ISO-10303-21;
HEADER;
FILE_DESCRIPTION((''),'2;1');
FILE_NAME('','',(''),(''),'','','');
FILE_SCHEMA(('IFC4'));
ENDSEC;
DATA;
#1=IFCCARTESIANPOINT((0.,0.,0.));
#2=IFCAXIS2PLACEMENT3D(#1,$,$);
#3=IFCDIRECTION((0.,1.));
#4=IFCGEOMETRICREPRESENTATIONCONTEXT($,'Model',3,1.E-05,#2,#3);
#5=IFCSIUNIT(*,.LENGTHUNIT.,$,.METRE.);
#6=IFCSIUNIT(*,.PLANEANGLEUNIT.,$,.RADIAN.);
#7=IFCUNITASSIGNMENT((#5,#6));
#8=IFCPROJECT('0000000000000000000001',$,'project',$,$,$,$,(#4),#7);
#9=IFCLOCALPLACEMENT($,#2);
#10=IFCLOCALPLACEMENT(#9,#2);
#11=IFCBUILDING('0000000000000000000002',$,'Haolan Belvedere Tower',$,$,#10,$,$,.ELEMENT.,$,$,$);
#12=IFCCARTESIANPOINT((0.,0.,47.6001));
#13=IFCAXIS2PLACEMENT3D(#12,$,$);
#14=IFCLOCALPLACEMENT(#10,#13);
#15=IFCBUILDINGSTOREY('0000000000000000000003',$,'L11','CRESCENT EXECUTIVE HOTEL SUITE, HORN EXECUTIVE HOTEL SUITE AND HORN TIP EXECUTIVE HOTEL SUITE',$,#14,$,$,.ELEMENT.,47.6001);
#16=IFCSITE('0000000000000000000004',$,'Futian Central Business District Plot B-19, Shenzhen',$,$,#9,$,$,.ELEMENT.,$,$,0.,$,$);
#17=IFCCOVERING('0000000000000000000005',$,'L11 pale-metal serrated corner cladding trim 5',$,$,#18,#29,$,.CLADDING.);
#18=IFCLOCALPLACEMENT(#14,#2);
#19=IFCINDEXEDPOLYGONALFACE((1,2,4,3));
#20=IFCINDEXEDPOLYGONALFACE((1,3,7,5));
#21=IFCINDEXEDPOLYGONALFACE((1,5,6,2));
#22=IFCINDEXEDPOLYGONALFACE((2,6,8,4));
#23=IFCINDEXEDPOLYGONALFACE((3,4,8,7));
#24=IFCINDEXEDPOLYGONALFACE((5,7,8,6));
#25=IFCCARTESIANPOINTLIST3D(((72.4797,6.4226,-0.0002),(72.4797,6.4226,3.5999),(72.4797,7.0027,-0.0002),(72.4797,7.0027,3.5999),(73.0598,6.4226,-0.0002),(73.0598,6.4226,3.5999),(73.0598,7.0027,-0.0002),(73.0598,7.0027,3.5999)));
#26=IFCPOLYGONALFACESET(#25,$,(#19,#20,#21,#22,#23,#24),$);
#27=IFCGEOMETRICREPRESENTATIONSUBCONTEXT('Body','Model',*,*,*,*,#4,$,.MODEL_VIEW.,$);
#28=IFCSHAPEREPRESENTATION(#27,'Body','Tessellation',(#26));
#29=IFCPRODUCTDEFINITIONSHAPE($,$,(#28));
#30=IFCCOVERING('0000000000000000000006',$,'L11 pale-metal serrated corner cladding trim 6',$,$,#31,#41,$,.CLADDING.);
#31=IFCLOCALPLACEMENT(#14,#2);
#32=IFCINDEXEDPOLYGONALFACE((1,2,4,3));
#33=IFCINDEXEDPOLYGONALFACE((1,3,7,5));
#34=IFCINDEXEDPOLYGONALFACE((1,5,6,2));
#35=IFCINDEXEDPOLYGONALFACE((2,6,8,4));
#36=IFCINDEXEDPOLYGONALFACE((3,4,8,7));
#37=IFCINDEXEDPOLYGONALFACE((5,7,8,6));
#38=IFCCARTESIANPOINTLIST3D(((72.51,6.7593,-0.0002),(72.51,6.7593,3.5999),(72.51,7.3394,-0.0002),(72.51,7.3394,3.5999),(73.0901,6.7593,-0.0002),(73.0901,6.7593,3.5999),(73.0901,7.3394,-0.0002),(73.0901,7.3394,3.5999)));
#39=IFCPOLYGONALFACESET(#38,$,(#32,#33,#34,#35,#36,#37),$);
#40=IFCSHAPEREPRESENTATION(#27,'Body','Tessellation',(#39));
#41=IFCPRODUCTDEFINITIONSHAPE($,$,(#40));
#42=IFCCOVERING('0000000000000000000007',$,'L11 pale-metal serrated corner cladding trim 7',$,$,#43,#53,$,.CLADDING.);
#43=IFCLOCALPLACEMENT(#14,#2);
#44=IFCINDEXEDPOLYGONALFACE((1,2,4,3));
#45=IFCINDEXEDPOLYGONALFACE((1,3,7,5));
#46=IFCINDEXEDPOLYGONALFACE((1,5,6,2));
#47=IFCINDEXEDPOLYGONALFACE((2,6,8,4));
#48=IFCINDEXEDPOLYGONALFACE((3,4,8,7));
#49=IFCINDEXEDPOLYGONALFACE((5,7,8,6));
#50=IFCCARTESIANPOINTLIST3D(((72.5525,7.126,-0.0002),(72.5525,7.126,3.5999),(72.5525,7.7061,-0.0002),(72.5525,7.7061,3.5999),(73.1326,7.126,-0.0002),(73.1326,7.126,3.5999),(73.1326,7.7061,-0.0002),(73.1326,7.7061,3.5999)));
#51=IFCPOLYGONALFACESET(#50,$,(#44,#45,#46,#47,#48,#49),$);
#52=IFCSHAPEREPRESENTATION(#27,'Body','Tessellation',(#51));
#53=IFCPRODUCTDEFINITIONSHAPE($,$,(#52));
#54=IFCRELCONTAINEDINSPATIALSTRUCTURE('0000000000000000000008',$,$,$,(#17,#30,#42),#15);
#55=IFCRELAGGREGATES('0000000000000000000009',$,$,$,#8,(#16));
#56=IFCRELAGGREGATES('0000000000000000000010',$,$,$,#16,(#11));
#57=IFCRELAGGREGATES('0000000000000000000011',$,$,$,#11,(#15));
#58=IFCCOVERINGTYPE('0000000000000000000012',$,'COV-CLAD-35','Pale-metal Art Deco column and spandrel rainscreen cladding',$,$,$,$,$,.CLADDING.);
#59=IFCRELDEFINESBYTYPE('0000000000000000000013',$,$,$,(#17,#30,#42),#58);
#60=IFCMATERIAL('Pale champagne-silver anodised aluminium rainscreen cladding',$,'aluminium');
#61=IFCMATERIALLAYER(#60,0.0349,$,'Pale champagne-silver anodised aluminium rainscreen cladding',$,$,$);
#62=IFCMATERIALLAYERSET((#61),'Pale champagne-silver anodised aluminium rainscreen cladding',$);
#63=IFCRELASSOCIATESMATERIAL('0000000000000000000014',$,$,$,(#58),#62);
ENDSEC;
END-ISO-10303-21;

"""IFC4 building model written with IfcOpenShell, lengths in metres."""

from ifc_helpers import new_model, si_unit, direction, frame, origin, origin_2d, place, context, subcontext, project, spatial, rectangle, extrude, material, layer, layer_set, type_object, element, save


model = new_model("IFC4")

# Units and contexts
model_context = context("Model", 3, precision=1e-05, world=origin(), true_north=direction((0.0, 1.0)))
body_context = subcontext(model_context, "Body", "Model", "MODEL_VIEW")
ifc_project = project(units=[si_unit("LENGTHUNIT", "METRE"), si_unit("PLANEANGLEUNIT", "RADIAN")], contexts=[model_context])

# Site, building, storey
site_placement = place(None, origin())
site = spatial("IfcSite", under=ifc_project, at=site_placement, Name="Futian Central Business District Plot B-19, Shenzhen", CompositionType="ELEMENT", RefElevation=0.0)
building_placement = place(site_placement, origin())
building = spatial("IfcBuilding", under=site, at=building_placement, Name="Haolan Belvedere Tower", CompositionType="ELEMENT")
storey_placement = place(building_placement, frame((0.0, 0.0, 47.6001)))
storey = spatial("IfcBuildingStorey", under=building, at=storey_placement, Name="L11", Description="CRESCENT EXECUTIVE HOTEL SUITE, HORN EXECUTIVE HOTEL SUITE AND HORN TIP EXECUTIVE HOTEL SUITE", CompositionType="ELEMENT", Elevation=47.6001)

# Coverings
ifc_material_1 = material(Name="Pale champagne-silver anodised aluminium rainscreen cladding", Category="aluminium")
ifc_layer_1 = layer(ifc_material_1, 0.0349, Name="Pale champagne-silver anodised aluminium rainscreen cladding")
ifc_layer_set_1 = layer_set([ifc_layer_1], Name="Pale champagne-silver anodised aluminium rainscreen cladding")
covering_type = type_object("IfcCoveringType", Name="COV-CLAD-35", Description="Pale-metal Art Deco column and spandrel rainscreen cladding", PredefinedType="CLADDING", material=ifc_layer_set_1)
for number, where, z_axis, x_axis, name in (
    (1, (72.7698, 6.7126, -0.0002), (0.0, 0.0, 1.0), (1.0, 0.0, 0.0), "L11 pale-metal serrated corner cladding trim 5"),
    (2, (72.8, 7.0493, -0.0002), (0.0, 0.0, 1.0), (1.0, 0.0, 0.0), "L11 pale-metal serrated corner cladding trim 6"),
    (3, (72.8425, 7.416, -0.0002), (0.0, 0.0, 1.0), (1.0, 0.0, 0.0), "L11 pale-metal serrated corner cladding trim 7"),
):
    element("IfcCovering", number, at=place(storey_placement, frame(where, z_axis=z_axis, x_axis=x_axis)), inside=storey, type_object=covering_type, Name=name, PredefinedType="CLADDING", context=body_context, shape_type="SweptSolid", body=[
        extrude(rectangle(XDim=0.5801, YDim=0.5801, at=origin_2d()), origin(), (0.0, 0.0, 1.0), 3.6001),
    ])

save(model, "model.ifc")
